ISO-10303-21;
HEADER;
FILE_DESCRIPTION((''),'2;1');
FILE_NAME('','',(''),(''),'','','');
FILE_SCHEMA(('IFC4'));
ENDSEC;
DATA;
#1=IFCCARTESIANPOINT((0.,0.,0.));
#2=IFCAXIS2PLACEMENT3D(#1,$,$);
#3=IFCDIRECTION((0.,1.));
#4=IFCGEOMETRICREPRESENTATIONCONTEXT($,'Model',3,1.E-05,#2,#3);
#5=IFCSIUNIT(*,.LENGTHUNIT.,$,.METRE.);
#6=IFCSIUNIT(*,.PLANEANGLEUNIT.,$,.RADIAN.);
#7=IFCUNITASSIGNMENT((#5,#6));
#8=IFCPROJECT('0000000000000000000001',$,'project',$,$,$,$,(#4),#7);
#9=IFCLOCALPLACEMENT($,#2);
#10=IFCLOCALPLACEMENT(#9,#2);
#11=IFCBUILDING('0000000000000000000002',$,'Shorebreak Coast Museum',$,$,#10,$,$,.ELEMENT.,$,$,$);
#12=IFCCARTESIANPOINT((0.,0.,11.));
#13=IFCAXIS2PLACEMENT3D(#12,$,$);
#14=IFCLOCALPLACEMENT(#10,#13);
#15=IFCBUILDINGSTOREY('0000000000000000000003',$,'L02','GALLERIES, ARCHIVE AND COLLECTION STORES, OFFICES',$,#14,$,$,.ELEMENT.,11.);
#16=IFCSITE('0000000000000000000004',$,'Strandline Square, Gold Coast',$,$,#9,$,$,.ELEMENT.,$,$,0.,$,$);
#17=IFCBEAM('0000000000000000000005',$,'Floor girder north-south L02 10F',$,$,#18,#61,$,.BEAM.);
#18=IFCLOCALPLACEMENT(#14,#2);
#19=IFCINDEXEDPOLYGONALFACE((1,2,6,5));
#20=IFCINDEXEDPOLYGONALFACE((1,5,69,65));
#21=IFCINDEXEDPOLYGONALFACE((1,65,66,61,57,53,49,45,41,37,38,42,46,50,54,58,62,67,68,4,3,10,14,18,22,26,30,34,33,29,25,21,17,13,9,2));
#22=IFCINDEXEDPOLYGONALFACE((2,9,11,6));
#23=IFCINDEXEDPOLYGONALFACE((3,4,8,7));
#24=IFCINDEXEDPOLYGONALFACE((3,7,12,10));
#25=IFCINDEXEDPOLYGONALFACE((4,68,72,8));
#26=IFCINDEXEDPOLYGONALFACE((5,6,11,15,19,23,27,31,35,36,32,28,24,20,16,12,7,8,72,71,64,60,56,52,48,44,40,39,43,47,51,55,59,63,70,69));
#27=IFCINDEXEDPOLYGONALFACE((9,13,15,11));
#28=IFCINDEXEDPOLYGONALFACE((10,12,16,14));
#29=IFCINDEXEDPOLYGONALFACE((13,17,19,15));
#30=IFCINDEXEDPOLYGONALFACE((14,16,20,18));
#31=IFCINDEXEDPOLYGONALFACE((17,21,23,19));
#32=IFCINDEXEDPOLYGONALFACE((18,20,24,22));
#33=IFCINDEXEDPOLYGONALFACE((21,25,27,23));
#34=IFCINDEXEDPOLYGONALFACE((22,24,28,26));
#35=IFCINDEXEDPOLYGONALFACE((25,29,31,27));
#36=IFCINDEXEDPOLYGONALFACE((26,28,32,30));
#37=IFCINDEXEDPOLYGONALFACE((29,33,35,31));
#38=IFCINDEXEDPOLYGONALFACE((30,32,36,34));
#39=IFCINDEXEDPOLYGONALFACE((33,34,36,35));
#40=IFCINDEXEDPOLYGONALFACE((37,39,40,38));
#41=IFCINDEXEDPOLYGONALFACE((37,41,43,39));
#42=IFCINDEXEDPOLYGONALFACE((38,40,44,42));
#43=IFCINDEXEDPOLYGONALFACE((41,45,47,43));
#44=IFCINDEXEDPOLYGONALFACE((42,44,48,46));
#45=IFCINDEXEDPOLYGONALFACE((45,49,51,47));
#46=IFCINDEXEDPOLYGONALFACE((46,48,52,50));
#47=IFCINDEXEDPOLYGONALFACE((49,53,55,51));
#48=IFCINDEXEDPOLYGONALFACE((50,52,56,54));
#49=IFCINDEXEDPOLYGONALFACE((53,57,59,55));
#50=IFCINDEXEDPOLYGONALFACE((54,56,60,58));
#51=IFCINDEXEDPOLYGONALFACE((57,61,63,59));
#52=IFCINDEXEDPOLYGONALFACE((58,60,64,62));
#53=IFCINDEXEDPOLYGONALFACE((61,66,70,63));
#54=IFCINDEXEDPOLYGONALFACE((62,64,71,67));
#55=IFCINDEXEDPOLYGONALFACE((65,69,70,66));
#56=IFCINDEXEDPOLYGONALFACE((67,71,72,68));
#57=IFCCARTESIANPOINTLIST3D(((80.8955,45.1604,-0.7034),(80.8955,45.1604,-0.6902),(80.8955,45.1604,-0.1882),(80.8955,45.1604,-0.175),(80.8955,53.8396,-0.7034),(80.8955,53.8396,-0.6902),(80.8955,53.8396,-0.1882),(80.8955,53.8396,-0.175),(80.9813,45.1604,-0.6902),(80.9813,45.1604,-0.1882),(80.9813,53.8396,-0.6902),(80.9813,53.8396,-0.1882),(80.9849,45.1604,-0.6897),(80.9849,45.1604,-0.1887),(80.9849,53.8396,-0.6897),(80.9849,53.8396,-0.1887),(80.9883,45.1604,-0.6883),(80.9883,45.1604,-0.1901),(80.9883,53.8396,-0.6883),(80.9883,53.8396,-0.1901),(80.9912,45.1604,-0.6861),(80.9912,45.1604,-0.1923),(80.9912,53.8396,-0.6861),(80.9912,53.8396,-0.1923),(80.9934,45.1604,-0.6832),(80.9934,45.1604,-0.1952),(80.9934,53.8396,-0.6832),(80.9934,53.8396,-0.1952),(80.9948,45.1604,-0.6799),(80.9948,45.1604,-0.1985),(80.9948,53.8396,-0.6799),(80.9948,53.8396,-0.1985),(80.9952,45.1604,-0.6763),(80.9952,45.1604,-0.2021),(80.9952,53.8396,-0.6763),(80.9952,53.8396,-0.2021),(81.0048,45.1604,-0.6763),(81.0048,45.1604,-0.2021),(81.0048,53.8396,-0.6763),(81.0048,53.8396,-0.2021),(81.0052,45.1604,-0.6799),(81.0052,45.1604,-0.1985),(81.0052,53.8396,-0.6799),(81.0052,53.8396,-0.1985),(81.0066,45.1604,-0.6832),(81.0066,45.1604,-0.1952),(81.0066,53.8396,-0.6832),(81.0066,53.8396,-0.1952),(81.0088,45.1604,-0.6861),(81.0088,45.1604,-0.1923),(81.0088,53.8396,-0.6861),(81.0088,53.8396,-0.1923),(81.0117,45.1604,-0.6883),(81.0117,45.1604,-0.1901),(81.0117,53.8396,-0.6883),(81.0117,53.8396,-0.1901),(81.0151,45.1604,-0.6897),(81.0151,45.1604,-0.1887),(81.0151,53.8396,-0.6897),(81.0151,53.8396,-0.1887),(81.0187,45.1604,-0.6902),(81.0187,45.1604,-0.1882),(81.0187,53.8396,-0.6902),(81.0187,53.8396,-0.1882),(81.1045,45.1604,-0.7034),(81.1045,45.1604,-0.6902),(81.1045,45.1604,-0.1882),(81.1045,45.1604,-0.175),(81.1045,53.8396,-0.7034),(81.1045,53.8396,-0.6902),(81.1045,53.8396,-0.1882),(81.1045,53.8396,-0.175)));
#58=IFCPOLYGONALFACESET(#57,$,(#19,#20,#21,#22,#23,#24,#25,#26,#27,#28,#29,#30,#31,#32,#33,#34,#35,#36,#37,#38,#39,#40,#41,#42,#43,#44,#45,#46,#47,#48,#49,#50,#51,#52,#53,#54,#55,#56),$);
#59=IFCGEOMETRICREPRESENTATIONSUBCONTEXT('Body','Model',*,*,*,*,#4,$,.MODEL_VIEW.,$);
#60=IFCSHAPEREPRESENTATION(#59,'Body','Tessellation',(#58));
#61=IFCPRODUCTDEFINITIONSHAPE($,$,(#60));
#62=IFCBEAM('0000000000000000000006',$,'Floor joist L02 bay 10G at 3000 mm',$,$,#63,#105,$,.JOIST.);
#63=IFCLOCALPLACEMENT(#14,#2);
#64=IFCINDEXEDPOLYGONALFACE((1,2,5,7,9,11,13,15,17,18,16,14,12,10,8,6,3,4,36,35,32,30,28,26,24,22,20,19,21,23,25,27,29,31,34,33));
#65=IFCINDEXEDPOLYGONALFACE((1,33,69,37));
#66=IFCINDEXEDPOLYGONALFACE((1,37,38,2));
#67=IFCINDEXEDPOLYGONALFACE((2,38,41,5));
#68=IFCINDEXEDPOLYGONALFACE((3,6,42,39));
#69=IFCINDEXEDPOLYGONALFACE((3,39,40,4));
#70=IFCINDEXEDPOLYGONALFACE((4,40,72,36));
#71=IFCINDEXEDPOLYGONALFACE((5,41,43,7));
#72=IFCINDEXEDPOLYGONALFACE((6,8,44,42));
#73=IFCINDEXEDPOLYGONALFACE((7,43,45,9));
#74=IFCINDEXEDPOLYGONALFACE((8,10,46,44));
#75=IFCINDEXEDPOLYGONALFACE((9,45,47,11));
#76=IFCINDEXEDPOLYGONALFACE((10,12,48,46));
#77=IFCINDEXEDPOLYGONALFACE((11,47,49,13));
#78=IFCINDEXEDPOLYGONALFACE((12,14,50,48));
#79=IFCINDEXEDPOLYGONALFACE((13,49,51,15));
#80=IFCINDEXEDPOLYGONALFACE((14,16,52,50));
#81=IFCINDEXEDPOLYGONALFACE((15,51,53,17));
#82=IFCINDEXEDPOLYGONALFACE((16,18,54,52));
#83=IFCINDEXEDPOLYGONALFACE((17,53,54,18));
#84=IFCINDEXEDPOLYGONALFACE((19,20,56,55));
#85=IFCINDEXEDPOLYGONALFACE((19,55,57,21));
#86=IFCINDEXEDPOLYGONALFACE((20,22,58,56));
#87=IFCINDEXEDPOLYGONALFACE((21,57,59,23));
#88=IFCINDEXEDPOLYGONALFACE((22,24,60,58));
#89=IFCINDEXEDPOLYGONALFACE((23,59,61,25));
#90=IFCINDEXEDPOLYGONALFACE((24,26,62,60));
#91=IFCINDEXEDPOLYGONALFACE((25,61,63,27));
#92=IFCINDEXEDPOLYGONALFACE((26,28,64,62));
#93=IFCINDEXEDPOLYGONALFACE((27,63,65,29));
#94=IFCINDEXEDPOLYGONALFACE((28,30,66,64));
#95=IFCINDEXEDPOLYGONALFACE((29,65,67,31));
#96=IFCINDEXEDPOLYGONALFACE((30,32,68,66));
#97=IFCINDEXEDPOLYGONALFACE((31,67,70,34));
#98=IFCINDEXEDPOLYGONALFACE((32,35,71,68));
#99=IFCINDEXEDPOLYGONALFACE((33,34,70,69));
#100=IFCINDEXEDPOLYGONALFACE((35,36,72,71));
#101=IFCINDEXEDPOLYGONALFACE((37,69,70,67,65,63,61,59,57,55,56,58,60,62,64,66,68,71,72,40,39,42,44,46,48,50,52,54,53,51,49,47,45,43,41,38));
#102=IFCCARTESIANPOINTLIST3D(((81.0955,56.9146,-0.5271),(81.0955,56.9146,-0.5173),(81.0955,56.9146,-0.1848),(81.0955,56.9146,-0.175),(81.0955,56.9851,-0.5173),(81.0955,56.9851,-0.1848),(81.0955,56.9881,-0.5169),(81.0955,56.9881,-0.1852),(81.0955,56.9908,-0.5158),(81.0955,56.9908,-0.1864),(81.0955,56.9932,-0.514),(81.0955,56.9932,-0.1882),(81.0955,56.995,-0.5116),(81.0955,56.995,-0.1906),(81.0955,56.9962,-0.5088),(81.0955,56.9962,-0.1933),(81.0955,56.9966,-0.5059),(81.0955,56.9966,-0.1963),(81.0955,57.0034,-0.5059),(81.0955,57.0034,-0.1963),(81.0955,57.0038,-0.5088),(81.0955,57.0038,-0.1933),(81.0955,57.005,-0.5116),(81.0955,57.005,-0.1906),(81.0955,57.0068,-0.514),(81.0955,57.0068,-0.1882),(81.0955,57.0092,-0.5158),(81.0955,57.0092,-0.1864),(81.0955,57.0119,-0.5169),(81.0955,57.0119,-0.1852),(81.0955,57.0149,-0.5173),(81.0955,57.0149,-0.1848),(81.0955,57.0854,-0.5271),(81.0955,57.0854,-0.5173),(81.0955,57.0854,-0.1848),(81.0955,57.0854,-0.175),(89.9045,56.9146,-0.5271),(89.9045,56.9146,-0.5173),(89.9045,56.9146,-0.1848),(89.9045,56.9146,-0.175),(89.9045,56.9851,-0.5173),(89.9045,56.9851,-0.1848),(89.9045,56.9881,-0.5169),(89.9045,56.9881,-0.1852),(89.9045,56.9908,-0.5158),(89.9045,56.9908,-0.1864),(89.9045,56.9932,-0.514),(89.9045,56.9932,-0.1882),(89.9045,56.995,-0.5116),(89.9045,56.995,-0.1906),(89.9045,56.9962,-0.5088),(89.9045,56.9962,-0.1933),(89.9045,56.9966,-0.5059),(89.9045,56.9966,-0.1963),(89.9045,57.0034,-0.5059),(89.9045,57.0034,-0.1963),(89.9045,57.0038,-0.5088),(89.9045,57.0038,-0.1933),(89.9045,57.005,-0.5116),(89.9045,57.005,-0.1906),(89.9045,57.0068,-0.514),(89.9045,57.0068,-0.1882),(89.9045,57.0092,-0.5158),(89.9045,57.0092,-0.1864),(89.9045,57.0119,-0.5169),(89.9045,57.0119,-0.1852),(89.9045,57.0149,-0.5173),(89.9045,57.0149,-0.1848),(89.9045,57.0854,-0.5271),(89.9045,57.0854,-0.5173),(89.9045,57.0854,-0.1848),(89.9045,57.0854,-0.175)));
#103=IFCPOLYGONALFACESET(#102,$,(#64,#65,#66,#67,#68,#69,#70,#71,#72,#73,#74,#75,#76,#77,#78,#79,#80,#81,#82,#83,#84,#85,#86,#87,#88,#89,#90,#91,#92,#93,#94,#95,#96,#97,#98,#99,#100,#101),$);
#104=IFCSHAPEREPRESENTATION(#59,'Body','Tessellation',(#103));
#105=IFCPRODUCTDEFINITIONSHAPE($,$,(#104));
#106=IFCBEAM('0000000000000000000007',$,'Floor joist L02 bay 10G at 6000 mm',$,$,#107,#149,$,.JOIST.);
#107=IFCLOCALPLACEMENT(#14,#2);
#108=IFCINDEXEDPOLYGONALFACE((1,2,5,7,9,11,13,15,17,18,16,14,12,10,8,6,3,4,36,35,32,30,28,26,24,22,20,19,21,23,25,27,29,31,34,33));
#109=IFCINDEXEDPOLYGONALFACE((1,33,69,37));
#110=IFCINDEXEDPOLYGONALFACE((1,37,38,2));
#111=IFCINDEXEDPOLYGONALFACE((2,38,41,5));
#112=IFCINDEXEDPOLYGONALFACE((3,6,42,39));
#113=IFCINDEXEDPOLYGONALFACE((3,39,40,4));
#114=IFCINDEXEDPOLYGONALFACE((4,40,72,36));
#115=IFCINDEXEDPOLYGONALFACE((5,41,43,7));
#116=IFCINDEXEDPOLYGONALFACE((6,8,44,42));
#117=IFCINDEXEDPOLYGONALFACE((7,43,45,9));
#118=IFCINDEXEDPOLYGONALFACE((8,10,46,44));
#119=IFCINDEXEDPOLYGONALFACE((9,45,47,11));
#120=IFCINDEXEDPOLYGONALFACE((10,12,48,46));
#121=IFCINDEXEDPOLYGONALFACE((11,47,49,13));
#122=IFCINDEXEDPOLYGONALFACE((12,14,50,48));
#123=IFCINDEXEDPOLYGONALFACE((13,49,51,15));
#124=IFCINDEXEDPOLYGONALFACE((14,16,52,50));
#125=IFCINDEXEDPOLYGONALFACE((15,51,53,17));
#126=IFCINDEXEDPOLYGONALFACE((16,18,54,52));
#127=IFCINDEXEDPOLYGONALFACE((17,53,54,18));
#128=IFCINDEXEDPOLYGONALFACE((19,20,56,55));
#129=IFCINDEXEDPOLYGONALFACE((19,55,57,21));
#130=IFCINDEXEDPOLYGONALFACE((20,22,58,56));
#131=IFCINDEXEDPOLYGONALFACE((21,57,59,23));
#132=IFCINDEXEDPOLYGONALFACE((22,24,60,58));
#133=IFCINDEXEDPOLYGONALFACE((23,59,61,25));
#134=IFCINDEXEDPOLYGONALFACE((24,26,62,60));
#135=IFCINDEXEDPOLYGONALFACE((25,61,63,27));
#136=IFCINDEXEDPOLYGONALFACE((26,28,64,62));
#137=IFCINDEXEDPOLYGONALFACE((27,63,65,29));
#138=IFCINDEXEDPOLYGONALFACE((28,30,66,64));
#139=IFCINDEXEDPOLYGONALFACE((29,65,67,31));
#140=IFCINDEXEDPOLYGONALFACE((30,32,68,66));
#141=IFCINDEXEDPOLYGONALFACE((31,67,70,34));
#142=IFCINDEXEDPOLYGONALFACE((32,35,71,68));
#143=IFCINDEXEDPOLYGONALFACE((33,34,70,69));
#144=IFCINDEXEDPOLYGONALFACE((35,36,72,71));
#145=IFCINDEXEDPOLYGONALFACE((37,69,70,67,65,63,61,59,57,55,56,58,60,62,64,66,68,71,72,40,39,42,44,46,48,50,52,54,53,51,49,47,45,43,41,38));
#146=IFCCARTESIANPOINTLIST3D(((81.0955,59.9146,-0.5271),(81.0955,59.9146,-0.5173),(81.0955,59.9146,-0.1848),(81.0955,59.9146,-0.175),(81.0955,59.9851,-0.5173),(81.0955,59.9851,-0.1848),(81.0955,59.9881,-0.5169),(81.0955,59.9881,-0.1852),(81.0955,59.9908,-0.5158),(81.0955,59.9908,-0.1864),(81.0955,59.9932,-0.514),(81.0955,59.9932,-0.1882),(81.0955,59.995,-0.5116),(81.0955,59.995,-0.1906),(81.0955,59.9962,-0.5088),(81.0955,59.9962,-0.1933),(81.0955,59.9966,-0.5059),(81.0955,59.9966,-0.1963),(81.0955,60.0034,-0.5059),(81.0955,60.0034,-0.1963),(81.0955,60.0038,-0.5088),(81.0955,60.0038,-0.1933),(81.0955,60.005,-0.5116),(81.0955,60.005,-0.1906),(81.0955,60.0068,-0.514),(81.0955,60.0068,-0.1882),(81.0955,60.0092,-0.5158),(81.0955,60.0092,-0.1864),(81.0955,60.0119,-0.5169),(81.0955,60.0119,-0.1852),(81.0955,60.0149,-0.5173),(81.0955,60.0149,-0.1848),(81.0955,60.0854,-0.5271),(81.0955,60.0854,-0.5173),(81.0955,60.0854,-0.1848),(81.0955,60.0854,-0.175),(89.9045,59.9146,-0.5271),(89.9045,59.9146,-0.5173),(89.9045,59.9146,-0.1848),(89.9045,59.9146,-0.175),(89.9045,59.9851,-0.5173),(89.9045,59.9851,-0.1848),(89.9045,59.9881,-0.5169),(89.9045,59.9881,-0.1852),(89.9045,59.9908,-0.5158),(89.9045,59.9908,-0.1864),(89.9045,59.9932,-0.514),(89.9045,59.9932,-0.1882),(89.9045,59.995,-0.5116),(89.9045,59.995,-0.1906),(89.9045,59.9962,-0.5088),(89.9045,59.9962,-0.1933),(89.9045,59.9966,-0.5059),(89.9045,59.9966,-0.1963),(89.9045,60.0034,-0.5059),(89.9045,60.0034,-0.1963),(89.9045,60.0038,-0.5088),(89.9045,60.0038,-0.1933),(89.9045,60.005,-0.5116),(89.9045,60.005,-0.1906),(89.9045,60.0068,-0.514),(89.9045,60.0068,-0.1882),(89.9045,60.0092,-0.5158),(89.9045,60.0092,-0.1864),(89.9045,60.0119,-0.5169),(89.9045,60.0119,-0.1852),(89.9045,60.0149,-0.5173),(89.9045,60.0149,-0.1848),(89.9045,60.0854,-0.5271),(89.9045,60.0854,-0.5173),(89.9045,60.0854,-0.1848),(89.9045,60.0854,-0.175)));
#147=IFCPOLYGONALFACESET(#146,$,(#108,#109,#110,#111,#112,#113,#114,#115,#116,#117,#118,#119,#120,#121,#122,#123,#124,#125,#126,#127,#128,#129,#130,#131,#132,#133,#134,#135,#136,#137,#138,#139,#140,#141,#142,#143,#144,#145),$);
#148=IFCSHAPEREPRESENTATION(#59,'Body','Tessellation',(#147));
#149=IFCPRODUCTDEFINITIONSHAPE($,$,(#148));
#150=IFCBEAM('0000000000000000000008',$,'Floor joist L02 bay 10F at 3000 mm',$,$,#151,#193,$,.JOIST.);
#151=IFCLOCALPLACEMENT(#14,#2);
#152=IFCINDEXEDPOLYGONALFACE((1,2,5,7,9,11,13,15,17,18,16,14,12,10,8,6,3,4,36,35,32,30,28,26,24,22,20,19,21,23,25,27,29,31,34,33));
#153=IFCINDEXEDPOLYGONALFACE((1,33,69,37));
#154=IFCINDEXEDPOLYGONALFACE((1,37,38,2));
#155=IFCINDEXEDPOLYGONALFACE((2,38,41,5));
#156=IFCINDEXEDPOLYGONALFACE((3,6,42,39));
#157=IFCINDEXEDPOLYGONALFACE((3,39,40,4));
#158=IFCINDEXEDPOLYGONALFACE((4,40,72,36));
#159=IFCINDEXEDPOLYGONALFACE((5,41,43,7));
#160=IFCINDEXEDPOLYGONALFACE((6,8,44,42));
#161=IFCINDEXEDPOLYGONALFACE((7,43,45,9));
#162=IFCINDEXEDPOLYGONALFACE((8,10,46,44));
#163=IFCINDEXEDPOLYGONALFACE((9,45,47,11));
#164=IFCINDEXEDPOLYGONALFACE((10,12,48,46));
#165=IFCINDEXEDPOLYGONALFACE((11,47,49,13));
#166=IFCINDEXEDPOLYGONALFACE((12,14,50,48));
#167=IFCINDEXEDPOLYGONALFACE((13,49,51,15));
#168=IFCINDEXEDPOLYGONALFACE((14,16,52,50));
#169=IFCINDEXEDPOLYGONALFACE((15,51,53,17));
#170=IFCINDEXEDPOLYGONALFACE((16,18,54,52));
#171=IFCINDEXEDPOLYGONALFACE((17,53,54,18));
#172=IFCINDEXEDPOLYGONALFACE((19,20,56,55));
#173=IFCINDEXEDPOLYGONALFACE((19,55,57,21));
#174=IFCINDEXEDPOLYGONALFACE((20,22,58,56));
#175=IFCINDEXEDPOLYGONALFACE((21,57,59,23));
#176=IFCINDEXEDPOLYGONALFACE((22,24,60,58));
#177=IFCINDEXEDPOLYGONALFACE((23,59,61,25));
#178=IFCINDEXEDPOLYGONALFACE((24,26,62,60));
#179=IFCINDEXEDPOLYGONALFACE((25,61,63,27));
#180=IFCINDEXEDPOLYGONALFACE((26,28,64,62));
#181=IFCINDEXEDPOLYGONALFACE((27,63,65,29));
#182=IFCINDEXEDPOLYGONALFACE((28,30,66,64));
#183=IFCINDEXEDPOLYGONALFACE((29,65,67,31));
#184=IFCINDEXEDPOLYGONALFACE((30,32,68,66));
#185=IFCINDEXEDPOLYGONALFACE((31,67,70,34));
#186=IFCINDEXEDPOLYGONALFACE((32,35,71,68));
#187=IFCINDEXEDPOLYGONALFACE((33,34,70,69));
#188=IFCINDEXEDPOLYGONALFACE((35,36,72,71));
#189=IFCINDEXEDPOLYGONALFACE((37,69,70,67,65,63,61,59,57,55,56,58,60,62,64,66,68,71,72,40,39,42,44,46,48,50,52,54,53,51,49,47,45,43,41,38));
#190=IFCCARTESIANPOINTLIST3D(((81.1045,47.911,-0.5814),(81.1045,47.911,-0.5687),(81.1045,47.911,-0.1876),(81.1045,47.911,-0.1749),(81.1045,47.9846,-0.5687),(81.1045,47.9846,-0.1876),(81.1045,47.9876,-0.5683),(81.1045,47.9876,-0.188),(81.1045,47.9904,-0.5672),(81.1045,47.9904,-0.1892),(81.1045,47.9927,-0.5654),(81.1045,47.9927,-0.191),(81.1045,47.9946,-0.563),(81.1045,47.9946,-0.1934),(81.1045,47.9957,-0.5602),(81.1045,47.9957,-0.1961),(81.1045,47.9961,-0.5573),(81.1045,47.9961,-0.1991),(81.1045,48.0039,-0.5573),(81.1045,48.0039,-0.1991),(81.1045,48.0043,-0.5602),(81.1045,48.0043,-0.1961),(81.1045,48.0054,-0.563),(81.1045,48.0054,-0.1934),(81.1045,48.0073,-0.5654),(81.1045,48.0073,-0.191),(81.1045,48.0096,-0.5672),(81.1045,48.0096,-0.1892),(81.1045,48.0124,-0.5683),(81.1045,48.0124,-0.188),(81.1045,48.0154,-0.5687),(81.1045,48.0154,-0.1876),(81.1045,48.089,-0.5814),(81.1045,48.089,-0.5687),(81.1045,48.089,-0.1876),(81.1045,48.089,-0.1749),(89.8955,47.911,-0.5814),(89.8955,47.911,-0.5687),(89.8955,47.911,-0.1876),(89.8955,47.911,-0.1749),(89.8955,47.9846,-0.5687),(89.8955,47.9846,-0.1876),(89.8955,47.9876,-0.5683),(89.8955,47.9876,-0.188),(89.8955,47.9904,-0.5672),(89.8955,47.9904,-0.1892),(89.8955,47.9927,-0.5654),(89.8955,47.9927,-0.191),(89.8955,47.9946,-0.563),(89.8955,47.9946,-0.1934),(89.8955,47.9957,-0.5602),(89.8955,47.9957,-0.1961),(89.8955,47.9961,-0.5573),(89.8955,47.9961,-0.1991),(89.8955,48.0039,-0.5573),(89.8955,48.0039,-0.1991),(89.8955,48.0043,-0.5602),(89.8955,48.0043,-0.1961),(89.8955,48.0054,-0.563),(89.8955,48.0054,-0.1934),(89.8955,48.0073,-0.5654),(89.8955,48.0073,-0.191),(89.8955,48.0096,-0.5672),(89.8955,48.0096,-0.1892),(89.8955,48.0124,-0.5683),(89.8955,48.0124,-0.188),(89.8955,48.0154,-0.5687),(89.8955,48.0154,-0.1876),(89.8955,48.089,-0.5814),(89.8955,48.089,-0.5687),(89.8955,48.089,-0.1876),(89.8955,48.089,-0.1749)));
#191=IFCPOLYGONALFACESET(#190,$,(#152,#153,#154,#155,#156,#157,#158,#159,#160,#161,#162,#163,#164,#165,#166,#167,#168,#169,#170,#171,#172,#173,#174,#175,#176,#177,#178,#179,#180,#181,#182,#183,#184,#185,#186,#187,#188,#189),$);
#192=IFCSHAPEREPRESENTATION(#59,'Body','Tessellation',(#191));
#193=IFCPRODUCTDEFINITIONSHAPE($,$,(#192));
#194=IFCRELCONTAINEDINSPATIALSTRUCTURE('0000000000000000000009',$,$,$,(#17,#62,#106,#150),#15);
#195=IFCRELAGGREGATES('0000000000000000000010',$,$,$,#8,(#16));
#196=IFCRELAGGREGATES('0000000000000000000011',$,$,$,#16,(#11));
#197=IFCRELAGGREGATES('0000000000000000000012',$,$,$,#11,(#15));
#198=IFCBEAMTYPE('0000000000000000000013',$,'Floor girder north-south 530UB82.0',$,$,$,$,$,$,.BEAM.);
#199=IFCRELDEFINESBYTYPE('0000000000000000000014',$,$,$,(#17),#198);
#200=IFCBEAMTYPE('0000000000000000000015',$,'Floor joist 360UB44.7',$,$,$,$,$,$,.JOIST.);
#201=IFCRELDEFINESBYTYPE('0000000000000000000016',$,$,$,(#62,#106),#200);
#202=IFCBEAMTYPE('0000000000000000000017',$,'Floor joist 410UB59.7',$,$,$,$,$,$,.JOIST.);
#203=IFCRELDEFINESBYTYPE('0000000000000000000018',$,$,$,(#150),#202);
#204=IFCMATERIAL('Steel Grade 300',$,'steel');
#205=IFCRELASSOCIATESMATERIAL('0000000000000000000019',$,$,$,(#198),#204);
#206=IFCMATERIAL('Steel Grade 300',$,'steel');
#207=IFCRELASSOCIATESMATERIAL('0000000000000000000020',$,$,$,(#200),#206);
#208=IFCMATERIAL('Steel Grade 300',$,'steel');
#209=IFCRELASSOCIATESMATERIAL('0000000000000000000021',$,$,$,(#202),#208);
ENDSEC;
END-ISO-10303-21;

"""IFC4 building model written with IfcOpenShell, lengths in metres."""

from ifc_helpers import new_model, si_unit, direction, frame, origin, origin_2d, place, context, subcontext, project, spatial, i_section, extrude, material, material_profile, profile_set, type_object, element, save


model = new_model("IFC4")

# Units and contexts
model_context = context("Model", 3, precision=1e-05, world=origin(), true_north=direction((0.0, 1.0)))
body_context = subcontext(model_context, "Body", "Model", "MODEL_VIEW")
ifc_project = project(units=[si_unit("LENGTHUNIT", "METRE"), si_unit("PLANEANGLEUNIT", "RADIAN")], contexts=[model_context])

# Site, building, storey
site_placement = place(None, origin())
site = spatial("IfcSite", under=ifc_project, at=site_placement, Name="Strandline Square, Gold Coast", CompositionType="ELEMENT", RefElevation=0.0)
building_placement = place(site_placement, origin())
building = spatial("IfcBuilding", under=site, at=building_placement, Name="Shorebreak Coast Museum", CompositionType="ELEMENT")
storey_placement = place(building_placement, frame((0.0, 0.0, 11.0)))
storey = spatial("IfcBuildingStorey", under=building, at=storey_placement, Name="L02", Description="GALLERIES, ARCHIVE AND COLLECTION STORES, OFFICES", CompositionType="ELEMENT", Elevation=11.0)

# Beams
ifc_material_1 = material(Name="Steel Grade 300", Category="steel")
ifc_material_profile_1 = material_profile(ifc_material_1, i_section(OverallWidth=0.209, OverallDepth=0.5283, WebThickness=0.0095, FlangeThickness=0.0132, FilletRadius=0.0139, at=origin_2d()), Name="530UB82.0")
ifc_profile_set_1 = profile_set([ifc_material_profile_1], Name="Steel Grade 300")
beam_type_1 = type_object("IfcBeamType", Name="Floor girder north-south 530UB82.0", PredefinedType="BEAM", material=ifc_profile_set_1)
beam_1_placement = place(storey_placement, frame((81.0, 45.1604, -0.4392), z_axis=(0.0, 1.0, 0.0), x_axis=(-1.0, 0.0, 0.0)))
element("IfcBeam", 1, at=beam_1_placement, inside=storey, type_object=beam_type_1, Name="Floor girder north-south L02 10F", PredefinedType="BEAM", context=body_context, shape_type="SweptSolid", body=[
    extrude(i_section(OverallWidth=0.209, OverallDepth=0.5283, WebThickness=0.0095, FlangeThickness=0.0132, FilletRadius=0.0139, at=origin_2d()), origin(), (0.0, 0.0, 1.0), 8.6792),
])
ifc_material_2 = material(Name="Steel Grade 300", Category="steel")
ifc_material_profile_2 = material_profile(ifc_material_2, i_section(OverallWidth=0.1709, OverallDepth=0.3521, WebThickness=0.0068, FlangeThickness=0.0098, FilletRadius=0.0115, at=origin_2d()), Name="360UB44.7")
ifc_profile_set_2 = profile_set([ifc_material_profile_2], Name="Steel Grade 300")
beam_type_2 = type_object("IfcBeamType", Name="Floor joist 360UB44.7", PredefinedType="JOIST", material=ifc_profile_set_2)
for number, where, z_axis, x_axis, name in (
    (2, (81.0955, 57.0, -0.3511), (1.0, 0.0, 0.0), (0.0, 1.0, 0.0), "Floor joist L02 bay 10G at 3000 mm"),
    (3, (81.0955, 60.0, -0.3511), (1.0, 0.0, 0.0), (0.0, 1.0, 0.0), "Floor joist L02 bay 10G at 6000 mm"),
):
    element("IfcBeam", number, at=place(storey_placement, frame(where, z_axis=z_axis, x_axis=x_axis)), inside=storey, type_object=beam_type_2, Name=name, PredefinedType="JOIST", context=body_context, shape_type="SweptSolid", body=[
        extrude(i_section(OverallWidth=0.1709, OverallDepth=0.3521, WebThickness=0.0068, FlangeThickness=0.0098, FilletRadius=0.0115, at=origin_2d()), origin(), (0.0, 0.0, 1.0), 8.8091),
    ])
ifc_material_3 = material(Name="Steel Grade 300", Category="steel")
ifc_material_profile_3 = material_profile(ifc_material_3, i_section(OverallWidth=0.178, OverallDepth=0.4065, WebThickness=0.0078, FlangeThickness=0.0127, FilletRadius=0.0115, at=origin_2d()), Name="410UB59.7")
ifc_profile_set_3 = profile_set([ifc_material_profile_3], Name="Steel Grade 300")
beam_type_3 = type_object("IfcBeamType", Name="Floor joist 410UB59.7", PredefinedType="JOIST", material=ifc_profile_set_3)
for number, where, z_axis, x_axis, name in (
    (4, (81.1045, 48.0, -0.3782), (1.0, 0.0, 0.0), (0.0, 1.0, 0.0), "Floor joist L02 bay 10F at 3000 mm"),
):
    element("IfcBeam", number, at=place(storey_placement, frame(where, z_axis=z_axis, x_axis=x_axis)), inside=storey, type_object=beam_type_3, Name=name, PredefinedType="JOIST", context=body_context, shape_type="SweptSolid", body=[
        extrude(i_section(OverallWidth=0.178, OverallDepth=0.4065, WebThickness=0.0078, FlangeThickness=0.0127, FilletRadius=0.0115, at=origin_2d()), origin(), (0.0, 0.0, 1.0), 8.791),
    ])

save(model, "model.ifc")
